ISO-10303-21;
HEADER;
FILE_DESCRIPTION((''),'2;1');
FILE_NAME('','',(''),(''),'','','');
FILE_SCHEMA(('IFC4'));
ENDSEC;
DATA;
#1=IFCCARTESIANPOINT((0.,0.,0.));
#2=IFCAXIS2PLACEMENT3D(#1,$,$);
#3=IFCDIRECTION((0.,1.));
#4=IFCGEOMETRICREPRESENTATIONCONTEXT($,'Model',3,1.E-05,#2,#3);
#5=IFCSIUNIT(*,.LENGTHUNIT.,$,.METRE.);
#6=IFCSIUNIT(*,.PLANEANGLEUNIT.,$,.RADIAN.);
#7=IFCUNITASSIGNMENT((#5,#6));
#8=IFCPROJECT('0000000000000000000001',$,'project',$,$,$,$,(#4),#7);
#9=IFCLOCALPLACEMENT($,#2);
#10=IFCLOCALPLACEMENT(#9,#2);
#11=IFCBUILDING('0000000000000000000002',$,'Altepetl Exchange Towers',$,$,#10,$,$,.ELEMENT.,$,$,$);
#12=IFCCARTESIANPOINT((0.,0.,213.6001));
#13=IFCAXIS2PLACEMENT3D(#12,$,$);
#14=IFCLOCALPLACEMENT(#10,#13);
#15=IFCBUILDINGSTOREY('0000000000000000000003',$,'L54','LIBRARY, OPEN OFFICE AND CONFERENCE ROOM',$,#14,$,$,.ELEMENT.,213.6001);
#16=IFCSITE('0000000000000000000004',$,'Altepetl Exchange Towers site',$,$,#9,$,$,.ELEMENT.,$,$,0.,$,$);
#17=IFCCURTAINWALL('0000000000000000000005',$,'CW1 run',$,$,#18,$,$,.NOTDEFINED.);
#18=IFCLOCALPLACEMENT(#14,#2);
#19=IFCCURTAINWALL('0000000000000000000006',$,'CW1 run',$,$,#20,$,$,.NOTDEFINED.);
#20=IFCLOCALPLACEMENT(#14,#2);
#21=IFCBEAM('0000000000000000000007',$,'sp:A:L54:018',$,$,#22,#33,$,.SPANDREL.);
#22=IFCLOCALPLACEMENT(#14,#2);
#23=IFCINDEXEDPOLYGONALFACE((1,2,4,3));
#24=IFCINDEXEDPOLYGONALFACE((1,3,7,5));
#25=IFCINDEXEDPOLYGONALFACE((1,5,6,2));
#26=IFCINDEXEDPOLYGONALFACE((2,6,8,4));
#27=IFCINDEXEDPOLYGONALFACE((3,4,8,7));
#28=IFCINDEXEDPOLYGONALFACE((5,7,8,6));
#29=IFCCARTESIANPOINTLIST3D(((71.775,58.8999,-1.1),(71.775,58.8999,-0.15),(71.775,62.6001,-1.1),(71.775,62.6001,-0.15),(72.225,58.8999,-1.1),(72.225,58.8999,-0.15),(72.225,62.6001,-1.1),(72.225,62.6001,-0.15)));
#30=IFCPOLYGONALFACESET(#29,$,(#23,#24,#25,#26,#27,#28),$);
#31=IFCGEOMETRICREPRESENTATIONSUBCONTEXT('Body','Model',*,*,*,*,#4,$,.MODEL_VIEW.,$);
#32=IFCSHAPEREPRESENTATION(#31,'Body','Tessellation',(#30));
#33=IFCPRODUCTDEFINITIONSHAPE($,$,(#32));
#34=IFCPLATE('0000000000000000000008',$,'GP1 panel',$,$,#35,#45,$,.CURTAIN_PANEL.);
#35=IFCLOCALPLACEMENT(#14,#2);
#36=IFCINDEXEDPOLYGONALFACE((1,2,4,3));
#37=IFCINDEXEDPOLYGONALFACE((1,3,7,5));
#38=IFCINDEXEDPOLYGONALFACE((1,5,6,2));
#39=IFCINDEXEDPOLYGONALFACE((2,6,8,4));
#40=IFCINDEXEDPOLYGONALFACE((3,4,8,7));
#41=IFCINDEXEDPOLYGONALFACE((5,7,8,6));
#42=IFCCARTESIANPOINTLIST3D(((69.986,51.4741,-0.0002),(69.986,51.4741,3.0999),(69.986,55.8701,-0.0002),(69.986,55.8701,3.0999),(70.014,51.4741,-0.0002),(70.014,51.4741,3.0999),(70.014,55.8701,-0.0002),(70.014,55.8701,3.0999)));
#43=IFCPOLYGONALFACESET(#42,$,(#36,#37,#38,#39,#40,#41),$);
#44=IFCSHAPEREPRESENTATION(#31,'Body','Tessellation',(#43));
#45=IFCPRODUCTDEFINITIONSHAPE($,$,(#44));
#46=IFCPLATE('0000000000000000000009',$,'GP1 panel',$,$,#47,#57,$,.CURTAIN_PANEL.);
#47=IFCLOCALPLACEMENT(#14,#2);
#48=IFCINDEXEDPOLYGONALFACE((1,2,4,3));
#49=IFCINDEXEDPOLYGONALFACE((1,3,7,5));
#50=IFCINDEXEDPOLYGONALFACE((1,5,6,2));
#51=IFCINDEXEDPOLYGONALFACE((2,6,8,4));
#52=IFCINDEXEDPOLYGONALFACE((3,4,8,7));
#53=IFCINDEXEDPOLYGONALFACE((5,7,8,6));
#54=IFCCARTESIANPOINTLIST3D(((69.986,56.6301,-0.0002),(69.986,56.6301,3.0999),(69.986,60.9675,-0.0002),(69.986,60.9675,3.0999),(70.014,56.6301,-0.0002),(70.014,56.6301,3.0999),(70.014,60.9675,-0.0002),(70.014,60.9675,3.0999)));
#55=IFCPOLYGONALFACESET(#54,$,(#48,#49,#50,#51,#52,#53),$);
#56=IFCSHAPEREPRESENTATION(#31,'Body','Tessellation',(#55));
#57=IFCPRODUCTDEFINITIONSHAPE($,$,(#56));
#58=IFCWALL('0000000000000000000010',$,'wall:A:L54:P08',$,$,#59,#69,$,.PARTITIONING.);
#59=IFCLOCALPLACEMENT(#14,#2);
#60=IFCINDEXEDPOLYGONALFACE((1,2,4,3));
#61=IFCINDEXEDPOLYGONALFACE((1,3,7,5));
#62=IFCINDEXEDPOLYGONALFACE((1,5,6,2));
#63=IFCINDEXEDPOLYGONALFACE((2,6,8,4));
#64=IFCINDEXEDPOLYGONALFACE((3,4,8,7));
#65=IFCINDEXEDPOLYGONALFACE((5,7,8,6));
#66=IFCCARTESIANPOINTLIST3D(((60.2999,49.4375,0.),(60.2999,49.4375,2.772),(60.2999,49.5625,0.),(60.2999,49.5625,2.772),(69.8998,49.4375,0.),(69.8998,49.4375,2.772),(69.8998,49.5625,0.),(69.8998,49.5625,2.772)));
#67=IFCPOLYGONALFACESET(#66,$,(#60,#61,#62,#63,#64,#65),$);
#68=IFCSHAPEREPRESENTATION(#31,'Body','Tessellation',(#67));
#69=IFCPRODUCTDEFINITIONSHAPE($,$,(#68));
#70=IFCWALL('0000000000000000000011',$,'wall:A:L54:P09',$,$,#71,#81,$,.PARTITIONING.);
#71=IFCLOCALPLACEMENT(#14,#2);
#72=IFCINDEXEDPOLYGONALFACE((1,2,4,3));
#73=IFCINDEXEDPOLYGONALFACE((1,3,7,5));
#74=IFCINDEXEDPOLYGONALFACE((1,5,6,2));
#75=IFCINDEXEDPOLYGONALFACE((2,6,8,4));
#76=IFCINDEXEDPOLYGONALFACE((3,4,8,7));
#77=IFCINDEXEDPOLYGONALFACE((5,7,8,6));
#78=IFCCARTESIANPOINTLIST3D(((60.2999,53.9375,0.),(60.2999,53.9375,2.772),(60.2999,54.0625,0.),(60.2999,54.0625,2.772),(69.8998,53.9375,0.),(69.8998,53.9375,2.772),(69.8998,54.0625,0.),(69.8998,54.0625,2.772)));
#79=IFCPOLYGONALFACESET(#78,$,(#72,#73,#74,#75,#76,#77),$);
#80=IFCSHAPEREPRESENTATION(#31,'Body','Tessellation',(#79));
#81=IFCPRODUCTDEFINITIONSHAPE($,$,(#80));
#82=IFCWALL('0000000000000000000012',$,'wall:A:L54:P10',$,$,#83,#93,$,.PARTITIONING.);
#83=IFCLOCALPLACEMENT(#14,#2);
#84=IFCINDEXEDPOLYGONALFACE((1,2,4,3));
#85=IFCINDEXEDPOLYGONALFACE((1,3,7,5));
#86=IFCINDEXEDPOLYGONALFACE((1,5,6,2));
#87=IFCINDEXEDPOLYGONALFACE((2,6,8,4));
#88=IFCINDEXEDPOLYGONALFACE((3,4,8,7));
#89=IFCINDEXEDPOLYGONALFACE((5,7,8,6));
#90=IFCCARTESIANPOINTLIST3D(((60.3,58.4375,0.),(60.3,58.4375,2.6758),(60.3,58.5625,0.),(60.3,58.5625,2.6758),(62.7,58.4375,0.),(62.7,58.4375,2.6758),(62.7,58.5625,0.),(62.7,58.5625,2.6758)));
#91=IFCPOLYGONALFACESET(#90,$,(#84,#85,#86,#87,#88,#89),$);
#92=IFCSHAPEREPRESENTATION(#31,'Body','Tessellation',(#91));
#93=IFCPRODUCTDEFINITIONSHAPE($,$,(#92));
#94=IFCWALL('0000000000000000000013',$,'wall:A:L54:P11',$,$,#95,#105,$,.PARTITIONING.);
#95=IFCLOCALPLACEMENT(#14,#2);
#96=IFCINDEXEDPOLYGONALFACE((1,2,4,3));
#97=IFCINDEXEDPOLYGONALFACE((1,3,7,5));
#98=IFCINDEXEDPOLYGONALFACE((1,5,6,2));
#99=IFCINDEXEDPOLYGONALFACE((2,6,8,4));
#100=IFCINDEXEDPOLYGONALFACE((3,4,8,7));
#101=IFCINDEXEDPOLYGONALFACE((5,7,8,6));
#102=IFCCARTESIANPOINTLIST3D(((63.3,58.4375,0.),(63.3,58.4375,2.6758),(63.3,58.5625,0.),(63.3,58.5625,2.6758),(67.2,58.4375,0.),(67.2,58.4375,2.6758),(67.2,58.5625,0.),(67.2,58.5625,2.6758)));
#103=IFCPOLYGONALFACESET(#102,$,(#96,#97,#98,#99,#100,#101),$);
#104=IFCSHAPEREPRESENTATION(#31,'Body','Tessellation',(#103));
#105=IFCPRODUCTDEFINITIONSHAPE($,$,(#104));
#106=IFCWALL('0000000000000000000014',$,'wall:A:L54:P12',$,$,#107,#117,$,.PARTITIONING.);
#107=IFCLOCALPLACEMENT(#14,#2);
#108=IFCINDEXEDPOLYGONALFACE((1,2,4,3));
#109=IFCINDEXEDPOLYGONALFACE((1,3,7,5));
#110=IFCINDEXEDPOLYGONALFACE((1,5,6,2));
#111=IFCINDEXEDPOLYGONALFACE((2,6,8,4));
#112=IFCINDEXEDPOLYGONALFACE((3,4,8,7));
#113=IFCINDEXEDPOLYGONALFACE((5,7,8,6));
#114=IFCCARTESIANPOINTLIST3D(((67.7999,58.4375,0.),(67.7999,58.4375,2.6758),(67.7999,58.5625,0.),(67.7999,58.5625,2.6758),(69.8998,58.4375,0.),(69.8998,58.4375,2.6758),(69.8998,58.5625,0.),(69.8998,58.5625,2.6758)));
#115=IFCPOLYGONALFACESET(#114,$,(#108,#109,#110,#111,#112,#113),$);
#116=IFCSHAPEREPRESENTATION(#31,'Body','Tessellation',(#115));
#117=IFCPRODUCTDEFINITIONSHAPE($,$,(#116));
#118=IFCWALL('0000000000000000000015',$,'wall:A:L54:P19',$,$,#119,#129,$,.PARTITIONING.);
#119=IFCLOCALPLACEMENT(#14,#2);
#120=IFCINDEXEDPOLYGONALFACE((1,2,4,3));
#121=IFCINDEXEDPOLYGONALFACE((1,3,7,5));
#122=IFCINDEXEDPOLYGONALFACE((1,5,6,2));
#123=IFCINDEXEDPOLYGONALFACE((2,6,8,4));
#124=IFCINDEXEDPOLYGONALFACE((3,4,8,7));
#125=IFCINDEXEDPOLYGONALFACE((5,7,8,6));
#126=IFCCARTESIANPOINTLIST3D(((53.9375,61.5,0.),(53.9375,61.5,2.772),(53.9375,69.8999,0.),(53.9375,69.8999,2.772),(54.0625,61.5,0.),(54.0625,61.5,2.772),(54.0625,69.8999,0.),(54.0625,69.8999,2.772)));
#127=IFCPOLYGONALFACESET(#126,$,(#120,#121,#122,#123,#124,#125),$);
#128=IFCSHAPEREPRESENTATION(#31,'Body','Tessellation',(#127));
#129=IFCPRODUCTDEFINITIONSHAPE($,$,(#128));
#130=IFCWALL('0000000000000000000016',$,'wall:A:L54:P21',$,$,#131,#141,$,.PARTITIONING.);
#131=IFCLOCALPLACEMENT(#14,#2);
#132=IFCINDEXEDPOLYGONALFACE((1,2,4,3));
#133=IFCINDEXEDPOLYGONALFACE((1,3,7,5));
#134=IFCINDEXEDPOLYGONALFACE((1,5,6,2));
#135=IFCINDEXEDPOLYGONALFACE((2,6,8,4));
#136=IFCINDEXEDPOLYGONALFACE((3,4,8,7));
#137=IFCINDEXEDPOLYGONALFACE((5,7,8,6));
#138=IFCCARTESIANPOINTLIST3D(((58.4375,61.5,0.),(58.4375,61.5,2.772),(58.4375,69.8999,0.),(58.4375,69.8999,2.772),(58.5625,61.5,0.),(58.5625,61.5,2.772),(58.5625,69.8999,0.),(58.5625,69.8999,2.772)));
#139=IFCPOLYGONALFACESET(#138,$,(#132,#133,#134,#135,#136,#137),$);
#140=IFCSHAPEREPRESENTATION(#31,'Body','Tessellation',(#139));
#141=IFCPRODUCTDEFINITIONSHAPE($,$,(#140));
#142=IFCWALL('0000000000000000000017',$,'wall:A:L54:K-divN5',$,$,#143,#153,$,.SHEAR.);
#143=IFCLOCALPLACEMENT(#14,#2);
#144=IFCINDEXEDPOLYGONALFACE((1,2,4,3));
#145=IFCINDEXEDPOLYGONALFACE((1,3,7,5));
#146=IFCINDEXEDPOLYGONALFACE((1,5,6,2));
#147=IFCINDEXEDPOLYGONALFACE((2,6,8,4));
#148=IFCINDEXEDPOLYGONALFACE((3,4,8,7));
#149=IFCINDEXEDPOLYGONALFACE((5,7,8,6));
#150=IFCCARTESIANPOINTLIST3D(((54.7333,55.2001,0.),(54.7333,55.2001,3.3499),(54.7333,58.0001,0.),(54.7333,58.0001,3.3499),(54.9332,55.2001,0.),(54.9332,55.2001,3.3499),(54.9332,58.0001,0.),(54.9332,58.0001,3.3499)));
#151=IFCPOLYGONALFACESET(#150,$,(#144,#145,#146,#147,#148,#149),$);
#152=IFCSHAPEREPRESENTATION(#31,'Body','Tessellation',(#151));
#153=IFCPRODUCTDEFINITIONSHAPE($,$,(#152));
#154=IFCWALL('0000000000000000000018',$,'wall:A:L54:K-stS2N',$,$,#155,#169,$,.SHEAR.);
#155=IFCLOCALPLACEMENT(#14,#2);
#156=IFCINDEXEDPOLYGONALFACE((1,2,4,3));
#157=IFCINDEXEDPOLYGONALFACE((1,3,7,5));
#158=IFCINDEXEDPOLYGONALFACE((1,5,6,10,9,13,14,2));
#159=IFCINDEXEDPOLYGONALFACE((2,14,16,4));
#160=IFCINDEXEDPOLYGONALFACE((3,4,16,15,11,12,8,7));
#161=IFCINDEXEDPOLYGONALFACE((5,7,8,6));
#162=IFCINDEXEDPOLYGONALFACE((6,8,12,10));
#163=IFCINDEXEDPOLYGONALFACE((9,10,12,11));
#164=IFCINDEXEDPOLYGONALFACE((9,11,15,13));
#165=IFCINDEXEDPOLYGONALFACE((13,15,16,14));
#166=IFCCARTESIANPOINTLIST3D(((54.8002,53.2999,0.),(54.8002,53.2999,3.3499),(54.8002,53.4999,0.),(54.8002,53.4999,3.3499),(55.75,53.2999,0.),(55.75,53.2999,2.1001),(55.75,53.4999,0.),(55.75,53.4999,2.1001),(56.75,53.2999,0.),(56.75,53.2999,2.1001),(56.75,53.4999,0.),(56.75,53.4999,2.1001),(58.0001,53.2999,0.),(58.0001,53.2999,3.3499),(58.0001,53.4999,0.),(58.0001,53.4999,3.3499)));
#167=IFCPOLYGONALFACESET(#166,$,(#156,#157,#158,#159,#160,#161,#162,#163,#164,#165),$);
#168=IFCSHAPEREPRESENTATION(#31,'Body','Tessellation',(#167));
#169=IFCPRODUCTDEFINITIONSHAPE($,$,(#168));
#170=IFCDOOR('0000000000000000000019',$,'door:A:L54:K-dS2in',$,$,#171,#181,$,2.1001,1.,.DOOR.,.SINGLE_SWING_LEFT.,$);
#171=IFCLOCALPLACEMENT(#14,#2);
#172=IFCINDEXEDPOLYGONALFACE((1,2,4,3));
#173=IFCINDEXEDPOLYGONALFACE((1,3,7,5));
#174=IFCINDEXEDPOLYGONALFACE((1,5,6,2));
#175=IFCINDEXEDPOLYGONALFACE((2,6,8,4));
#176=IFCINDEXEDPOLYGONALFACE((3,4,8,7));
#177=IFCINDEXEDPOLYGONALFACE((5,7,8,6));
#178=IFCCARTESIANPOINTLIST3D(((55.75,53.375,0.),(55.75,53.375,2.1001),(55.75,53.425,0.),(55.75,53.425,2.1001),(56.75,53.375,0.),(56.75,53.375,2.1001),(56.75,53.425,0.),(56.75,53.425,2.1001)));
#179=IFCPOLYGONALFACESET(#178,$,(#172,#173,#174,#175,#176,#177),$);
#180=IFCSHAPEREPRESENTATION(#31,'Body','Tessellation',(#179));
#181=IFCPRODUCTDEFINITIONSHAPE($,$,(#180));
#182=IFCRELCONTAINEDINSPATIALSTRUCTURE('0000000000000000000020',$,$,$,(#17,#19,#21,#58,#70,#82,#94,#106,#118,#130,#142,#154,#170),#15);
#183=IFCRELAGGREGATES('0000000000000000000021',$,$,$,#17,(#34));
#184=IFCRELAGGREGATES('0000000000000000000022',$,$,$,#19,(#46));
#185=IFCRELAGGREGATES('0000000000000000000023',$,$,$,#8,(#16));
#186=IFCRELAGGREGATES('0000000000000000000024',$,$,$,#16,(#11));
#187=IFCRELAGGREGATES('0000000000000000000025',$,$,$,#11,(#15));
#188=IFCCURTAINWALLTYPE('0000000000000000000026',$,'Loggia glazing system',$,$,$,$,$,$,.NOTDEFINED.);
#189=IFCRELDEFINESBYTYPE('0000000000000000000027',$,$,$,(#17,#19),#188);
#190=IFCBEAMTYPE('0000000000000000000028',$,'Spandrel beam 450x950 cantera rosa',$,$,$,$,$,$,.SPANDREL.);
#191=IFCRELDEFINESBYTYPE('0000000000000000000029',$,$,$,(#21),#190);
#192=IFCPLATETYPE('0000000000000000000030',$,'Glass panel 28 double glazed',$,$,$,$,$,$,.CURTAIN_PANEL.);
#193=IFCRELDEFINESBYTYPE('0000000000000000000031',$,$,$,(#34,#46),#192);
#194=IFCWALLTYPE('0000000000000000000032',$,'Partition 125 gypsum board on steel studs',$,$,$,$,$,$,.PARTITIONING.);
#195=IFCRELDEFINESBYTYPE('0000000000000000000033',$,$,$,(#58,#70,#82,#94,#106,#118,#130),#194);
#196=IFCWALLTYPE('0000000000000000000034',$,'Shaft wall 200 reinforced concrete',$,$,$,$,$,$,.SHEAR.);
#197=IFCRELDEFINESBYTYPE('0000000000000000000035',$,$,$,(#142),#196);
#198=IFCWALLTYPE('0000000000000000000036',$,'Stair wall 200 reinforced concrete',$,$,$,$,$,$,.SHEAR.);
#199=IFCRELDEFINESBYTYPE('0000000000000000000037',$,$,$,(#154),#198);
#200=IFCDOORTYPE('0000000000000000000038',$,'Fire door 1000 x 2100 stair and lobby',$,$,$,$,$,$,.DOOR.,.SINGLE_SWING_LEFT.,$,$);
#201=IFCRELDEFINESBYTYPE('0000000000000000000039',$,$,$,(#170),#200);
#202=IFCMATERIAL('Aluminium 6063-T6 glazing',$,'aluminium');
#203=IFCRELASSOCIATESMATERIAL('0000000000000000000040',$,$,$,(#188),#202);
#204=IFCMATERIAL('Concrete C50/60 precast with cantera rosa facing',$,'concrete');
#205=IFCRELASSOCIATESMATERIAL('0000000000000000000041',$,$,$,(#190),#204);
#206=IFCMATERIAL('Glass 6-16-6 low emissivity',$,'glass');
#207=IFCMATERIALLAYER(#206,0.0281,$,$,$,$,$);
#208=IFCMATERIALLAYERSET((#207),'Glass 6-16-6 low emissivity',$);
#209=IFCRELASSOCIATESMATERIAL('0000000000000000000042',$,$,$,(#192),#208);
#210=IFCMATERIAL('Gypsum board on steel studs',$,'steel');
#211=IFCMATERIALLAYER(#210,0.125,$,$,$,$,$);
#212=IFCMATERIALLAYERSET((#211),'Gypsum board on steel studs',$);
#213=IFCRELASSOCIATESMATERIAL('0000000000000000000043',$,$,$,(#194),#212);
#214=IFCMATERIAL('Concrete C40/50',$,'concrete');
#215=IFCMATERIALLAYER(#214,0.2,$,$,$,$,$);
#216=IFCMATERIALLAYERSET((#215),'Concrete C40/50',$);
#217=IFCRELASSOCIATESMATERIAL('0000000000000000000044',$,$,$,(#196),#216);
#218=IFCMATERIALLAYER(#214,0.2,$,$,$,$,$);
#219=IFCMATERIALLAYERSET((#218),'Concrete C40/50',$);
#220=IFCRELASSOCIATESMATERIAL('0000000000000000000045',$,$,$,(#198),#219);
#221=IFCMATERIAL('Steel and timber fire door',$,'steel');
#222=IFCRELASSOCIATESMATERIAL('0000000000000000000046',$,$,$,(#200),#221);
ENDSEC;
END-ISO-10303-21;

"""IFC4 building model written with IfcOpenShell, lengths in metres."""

from ifc_helpers import new_model, si_unit, direction, frame, frame_2d, origin, origin_2d, place, context, subcontext, project, spatial, rectangle, extrude, material, layer, layer_set, material_profile, profile_set, type_object, element, fill, aggregate, save


model = new_model("IFC4")

# Units and contexts
model_context = context("Model", 3, precision=1e-05, world=origin(), true_north=direction((0.0, 1.0)))
body_context = subcontext(model_context, "Body", "Model", "MODEL_VIEW")
ifc_project = project(units=[si_unit("LENGTHUNIT", "METRE"), si_unit("PLANEANGLEUNIT", "RADIAN")], contexts=[model_context])

# Site, building, storey
site_placement = place(None, origin())
site = spatial("IfcSite", under=ifc_project, at=site_placement, Name="Altepetl Exchange Towers site", CompositionType="ELEMENT", RefElevation=0.0)
building_placement = place(site_placement, origin())
building = spatial("IfcBuilding", under=site, at=building_placement, Name="Altepetl Exchange Towers", CompositionType="ELEMENT")
storey_placement = place(building_placement, frame((0.0, 0.0, 213.6001)))
storey = spatial("IfcBuildingStorey", under=building, at=storey_placement, Name="L54", Description="LIBRARY, OPEN OFFICE AND CONFERENCE ROOM", CompositionType="ELEMENT", Elevation=213.6001)

# Curtain walls
ifc_material_1 = material(Name="Aluminium 6063-T6 glazing", Category="aluminium")
curtain_wall_type = type_object("IfcCurtainWallType", Name="Loggia glazing system", PredefinedType="NOTDEFINED", material=ifc_material_1)
curtain_wall_1_placement = place(storey_placement, origin())
curtain_wall_1 = element("IfcCurtainWall", 1, at=curtain_wall_1_placement, inside=storey, type_object=curtain_wall_type, Name="CW1 run", PredefinedType="NOTDEFINED")
curtain_wall_2_placement = place(storey_placement, origin())
curtain_wall_2 = element("IfcCurtainWall", 2, at=curtain_wall_2_placement, inside=storey, type_object=curtain_wall_type, Name="CW1 run", PredefinedType="NOTDEFINED")

# Beam
ifc_material_2 = material(Name="Concrete C50/60 precast with cantera rosa facing", Category="concrete")
ifc_material_profile_1 = material_profile(ifc_material_2, rectangle(XDim=0.45, YDim=0.95, at=origin_2d()), Name="450 x 950")
ifc_profile_set_1 = profile_set([ifc_material_profile_1], Name="Concrete C50/60 precast with cantera rosa facing")
beam_type_1 = type_object("IfcBeamType", Name="Spandrel beam 450x950 cantera rosa", PredefinedType="SPANDREL", material=ifc_profile_set_1)
beam_1_placement = place(storey_placement, frame((72.0, 58.8999, -0.625), z_axis=(0.0, 1.0, 0.0), x_axis=(-1.0, 0.0, 0.0)))
element("IfcBeam", 3, at=beam_1_placement, inside=storey, type_object=beam_type_1, Name="sp:A:L54:018", PredefinedType="SPANDREL", context=body_context, shape_type="SweptSolid", body=[
    extrude(rectangle(XDim=0.45, YDim=0.95, at=origin_2d()), origin(), (0.0, 0.0, 1.0), 3.7002),
])

# Plates
ifc_material_3 = material(Name="Glass 6-16-6 low emissivity", Category="glass")
ifc_layer_1 = layer(ifc_material_3, 0.0281)
ifc_layer_set_1 = layer_set([ifc_layer_1], Name="Glass 6-16-6 low emissivity")
plate_type = type_object("IfcPlateType", Name="Glass panel 28 double glazed", PredefinedType="CURTAIN_PANEL", material=ifc_layer_set_1)
plate_1_placement = place(storey_placement, frame((70.0, 53.6721, -0.0002), z_axis=(0.0, 0.0, 1.0), x_axis=(0.0, 1.0, 0.0)))
plate_1 = element("IfcPlate", 4, at=plate_1_placement, type_object=plate_type, Name="GP1 panel", PredefinedType="CURTAIN_PANEL", context=body_context, shape_type="SweptSolid", body=[
    extrude(rectangle(XDim=4.396, YDim=0.0281, at=origin_2d()), origin(), (0.0, 0.0, 1.0), 3.1001),
])
aggregate(curtain_wall_1, [plate_1])
plate_2_placement = place(storey_placement, frame((70.0, 58.7988, -0.0002), z_axis=(0.0, 0.0, 1.0), x_axis=(0.0, 1.0, 0.0)))
plate_2 = element("IfcPlate", 5, at=plate_2_placement, type_object=plate_type, Name="GP1 panel", PredefinedType="CURTAIN_PANEL", context=body_context, shape_type="SweptSolid", body=[
    extrude(rectangle(XDim=4.3374, YDim=0.0281, at=origin_2d()), origin(), (0.0, 0.0, 1.0), 3.1001),
])
aggregate(curtain_wall_2, [plate_2])

# Walls
ifc_material_4 = material(Name="Gypsum board on steel studs", Category="steel")
ifc_layer_2 = layer(ifc_material_4, 0.125)
ifc_layer_set_2 = layer_set([ifc_layer_2], Name="Gypsum board on steel studs")
wall_type_1 = type_object("IfcWallType", Name="Partition 125 gypsum board on steel studs", PredefinedType="PARTITIONING", material=ifc_layer_set_2)
for number, where, name in (
    (6, (60.3, 49.5, 0.0), "wall:A:L54:P08"),
    (7, (60.3, 54.0, 0.0), "wall:A:L54:P09"),
):
    element("IfcWall", number, at=place(storey_placement, frame(where)), inside=storey, type_object=wall_type_1, Name=name, PredefinedType="PARTITIONING", context=body_context, shape_type="SweptSolid", body=[
        extrude(rectangle(XDim=9.5999, YDim=0.125, at=frame_2d((4.7998, 0.0))), origin(), (0.0, 0.0, 1.0), 2.772),
    ])
wall_1_placement = place(storey_placement, frame((60.3, 58.5, 0.0)))
element("IfcWall", 8, at=wall_1_placement, inside=storey, type_object=wall_type_1, Name="wall:A:L54:P10", PredefinedType="PARTITIONING", context=body_context, shape_type="SweptSolid", body=[
    extrude(rectangle(XDim=2.3999, YDim=0.125, at=frame_2d((1.2, 0.0))), origin(), (0.0, 0.0, 1.0), 2.6758),
])
wall_2_placement = place(storey_placement, frame((63.3, 58.5, 0.0)))
element("IfcWall", 9, at=wall_2_placement, inside=storey, type_object=wall_type_1, Name="wall:A:L54:P11", PredefinedType="PARTITIONING", context=body_context, shape_type="SweptSolid", body=[
    extrude(rectangle(XDim=3.8999, YDim=0.125, at=frame_2d((1.95, 0.0))), origin(), (0.0, 0.0, 1.0), 2.6758),
])
wall_3_placement = place(storey_placement, frame((67.8, 58.5, 0.0)))
element("IfcWall", 10, at=wall_3_placement, inside=storey, type_object=wall_type_1, Name="wall:A:L54:P12", PredefinedType="PARTITIONING", context=body_context, shape_type="SweptSolid", body=[
    extrude(rectangle(XDim=2.0999, YDim=0.125, at=frame_2d((1.0498, 0.0))), origin(), (0.0, 0.0, 1.0), 2.6758),
])
for number, where, z_axis, x_axis, name in (
    (11, (54.0, 61.5, 0.0), (0.0, 0.0, 1.0), (0.0, 1.0, 0.0), "wall:A:L54:P19"),
    (12, (58.5, 61.5, 0.0), (0.0, 0.0, 1.0), (0.0, 1.0, 0.0), "wall:A:L54:P21"),
):
    element("IfcWall", number, at=place(storey_placement, frame(where, z_axis=z_axis, x_axis=x_axis)), inside=storey, type_object=wall_type_1, Name=name, PredefinedType="PARTITIONING", context=body_context, shape_type="SweptSolid", body=[
        extrude(rectangle(XDim=8.3999, YDim=0.125, at=frame_2d((4.2, 0.0))), origin(), (0.0, 0.0, 1.0), 2.772),
    ])
ifc_material_5 = material(Name="Concrete C40/50", Category="concrete")
ifc_layer_3 = layer(ifc_material_5, 0.2)
ifc_layer_set_3 = layer_set([ifc_layer_3], Name="Concrete C40/50")
wall_type_2 = type_object("IfcWallType", Name="Shaft wall 200 reinforced concrete", PredefinedType="SHEAR", material=ifc_layer_set_3)
wall_4_placement = place(storey_placement, frame((54.8333, 58.0, 0.0), z_axis=(0.0, 0.0, 1.0), x_axis=(0.0, -1.0, 0.0)))
element("IfcWall", 13, at=wall_4_placement, inside=storey, type_object=wall_type_2, Name="wall:A:L54:K-divN5", PredefinedType="SHEAR", context=body_context, shape_type="SweptSolid", body=[
    extrude(rectangle(XDim=2.8, YDim=0.2, at=frame_2d((1.3999, 0.0))), origin(), (0.0, 0.0, 1.0), 3.3499),
])

# Wall, opening, door
ifc_layer_4 = layer(ifc_material_5, 0.2)
ifc_layer_set_4 = layer_set([ifc_layer_4], Name="Concrete C40/50")
wall_type_3 = type_object("IfcWallType", Name="Stair wall 200 reinforced concrete", PredefinedType="SHEAR", material=ifc_layer_set_4)
wall_5_placement = place(storey_placement, frame((54.8, 53.3999, 0.0)))
wall_5 = element("IfcWall", 14, at=wall_5_placement, inside=storey, type_object=wall_type_3, Name="wall:A:L54:K-stS2N", PredefinedType="SHEAR", context=body_context, shape_type="SweptSolid", body=[
    extrude(rectangle(XDim=3.2, YDim=0.2, at=frame_2d((1.6001, 0.0))), origin(), (0.0, 0.0, 1.0), 3.3499),
])
opening_placement = place(wall_5_placement, frame((0.95, 0.0, 0.0)))
opening = element("IfcOpeningElement", 15, at=opening_placement, cuts=wall_5, PredefinedType="OPENING", context=body_context, shape_type="SweptSolid", body=[
    extrude(rectangle(XDim=1.0, YDim=2.1001, at=frame_2d((0.5, 1.05))), frame((0.0, 0.1099, 0.0), z_axis=(0.0, -1.0, 0.0), x_axis=(1.0, 0.0, 0.0)), (0.0, 0.0, 1.0), 0.22),
])
ifc_material_6 = material(Name="Steel and timber fire door", Category="steel")
door_type = type_object("IfcDoorType", Name="Fire door 1000 x 2100 stair and lobby", OperationType="SINGLE_SWING_LEFT", PredefinedType="DOOR", material=ifc_material_6)
door_placement = place(opening_placement, frame((1.0, 0.0, 0.0), x_axis=(-1.0, 0.0, 0.0)))
door = element("IfcDoor", 16, at=door_placement, inside=storey, type_object=door_type, Name="door:A:L54:K-dS2in", OperationType="SINGLE_SWING_LEFT", OverallHeight=2.1001, OverallWidth=1.0, PredefinedType="DOOR", context=body_context, shape_type="SweptSolid", body=[
    extrude(rectangle(XDim=1.0, YDim=2.1001, at=frame_2d((0.5, 1.05))), frame((0.0, 0.0249, 0.0), z_axis=(0.0, -1.0, 0.0), x_axis=(1.0, 0.0, 0.0)), (0.0, 0.0, 1.0), 0.05),
])
fill(opening, door)

save(model, "model.ifc")
